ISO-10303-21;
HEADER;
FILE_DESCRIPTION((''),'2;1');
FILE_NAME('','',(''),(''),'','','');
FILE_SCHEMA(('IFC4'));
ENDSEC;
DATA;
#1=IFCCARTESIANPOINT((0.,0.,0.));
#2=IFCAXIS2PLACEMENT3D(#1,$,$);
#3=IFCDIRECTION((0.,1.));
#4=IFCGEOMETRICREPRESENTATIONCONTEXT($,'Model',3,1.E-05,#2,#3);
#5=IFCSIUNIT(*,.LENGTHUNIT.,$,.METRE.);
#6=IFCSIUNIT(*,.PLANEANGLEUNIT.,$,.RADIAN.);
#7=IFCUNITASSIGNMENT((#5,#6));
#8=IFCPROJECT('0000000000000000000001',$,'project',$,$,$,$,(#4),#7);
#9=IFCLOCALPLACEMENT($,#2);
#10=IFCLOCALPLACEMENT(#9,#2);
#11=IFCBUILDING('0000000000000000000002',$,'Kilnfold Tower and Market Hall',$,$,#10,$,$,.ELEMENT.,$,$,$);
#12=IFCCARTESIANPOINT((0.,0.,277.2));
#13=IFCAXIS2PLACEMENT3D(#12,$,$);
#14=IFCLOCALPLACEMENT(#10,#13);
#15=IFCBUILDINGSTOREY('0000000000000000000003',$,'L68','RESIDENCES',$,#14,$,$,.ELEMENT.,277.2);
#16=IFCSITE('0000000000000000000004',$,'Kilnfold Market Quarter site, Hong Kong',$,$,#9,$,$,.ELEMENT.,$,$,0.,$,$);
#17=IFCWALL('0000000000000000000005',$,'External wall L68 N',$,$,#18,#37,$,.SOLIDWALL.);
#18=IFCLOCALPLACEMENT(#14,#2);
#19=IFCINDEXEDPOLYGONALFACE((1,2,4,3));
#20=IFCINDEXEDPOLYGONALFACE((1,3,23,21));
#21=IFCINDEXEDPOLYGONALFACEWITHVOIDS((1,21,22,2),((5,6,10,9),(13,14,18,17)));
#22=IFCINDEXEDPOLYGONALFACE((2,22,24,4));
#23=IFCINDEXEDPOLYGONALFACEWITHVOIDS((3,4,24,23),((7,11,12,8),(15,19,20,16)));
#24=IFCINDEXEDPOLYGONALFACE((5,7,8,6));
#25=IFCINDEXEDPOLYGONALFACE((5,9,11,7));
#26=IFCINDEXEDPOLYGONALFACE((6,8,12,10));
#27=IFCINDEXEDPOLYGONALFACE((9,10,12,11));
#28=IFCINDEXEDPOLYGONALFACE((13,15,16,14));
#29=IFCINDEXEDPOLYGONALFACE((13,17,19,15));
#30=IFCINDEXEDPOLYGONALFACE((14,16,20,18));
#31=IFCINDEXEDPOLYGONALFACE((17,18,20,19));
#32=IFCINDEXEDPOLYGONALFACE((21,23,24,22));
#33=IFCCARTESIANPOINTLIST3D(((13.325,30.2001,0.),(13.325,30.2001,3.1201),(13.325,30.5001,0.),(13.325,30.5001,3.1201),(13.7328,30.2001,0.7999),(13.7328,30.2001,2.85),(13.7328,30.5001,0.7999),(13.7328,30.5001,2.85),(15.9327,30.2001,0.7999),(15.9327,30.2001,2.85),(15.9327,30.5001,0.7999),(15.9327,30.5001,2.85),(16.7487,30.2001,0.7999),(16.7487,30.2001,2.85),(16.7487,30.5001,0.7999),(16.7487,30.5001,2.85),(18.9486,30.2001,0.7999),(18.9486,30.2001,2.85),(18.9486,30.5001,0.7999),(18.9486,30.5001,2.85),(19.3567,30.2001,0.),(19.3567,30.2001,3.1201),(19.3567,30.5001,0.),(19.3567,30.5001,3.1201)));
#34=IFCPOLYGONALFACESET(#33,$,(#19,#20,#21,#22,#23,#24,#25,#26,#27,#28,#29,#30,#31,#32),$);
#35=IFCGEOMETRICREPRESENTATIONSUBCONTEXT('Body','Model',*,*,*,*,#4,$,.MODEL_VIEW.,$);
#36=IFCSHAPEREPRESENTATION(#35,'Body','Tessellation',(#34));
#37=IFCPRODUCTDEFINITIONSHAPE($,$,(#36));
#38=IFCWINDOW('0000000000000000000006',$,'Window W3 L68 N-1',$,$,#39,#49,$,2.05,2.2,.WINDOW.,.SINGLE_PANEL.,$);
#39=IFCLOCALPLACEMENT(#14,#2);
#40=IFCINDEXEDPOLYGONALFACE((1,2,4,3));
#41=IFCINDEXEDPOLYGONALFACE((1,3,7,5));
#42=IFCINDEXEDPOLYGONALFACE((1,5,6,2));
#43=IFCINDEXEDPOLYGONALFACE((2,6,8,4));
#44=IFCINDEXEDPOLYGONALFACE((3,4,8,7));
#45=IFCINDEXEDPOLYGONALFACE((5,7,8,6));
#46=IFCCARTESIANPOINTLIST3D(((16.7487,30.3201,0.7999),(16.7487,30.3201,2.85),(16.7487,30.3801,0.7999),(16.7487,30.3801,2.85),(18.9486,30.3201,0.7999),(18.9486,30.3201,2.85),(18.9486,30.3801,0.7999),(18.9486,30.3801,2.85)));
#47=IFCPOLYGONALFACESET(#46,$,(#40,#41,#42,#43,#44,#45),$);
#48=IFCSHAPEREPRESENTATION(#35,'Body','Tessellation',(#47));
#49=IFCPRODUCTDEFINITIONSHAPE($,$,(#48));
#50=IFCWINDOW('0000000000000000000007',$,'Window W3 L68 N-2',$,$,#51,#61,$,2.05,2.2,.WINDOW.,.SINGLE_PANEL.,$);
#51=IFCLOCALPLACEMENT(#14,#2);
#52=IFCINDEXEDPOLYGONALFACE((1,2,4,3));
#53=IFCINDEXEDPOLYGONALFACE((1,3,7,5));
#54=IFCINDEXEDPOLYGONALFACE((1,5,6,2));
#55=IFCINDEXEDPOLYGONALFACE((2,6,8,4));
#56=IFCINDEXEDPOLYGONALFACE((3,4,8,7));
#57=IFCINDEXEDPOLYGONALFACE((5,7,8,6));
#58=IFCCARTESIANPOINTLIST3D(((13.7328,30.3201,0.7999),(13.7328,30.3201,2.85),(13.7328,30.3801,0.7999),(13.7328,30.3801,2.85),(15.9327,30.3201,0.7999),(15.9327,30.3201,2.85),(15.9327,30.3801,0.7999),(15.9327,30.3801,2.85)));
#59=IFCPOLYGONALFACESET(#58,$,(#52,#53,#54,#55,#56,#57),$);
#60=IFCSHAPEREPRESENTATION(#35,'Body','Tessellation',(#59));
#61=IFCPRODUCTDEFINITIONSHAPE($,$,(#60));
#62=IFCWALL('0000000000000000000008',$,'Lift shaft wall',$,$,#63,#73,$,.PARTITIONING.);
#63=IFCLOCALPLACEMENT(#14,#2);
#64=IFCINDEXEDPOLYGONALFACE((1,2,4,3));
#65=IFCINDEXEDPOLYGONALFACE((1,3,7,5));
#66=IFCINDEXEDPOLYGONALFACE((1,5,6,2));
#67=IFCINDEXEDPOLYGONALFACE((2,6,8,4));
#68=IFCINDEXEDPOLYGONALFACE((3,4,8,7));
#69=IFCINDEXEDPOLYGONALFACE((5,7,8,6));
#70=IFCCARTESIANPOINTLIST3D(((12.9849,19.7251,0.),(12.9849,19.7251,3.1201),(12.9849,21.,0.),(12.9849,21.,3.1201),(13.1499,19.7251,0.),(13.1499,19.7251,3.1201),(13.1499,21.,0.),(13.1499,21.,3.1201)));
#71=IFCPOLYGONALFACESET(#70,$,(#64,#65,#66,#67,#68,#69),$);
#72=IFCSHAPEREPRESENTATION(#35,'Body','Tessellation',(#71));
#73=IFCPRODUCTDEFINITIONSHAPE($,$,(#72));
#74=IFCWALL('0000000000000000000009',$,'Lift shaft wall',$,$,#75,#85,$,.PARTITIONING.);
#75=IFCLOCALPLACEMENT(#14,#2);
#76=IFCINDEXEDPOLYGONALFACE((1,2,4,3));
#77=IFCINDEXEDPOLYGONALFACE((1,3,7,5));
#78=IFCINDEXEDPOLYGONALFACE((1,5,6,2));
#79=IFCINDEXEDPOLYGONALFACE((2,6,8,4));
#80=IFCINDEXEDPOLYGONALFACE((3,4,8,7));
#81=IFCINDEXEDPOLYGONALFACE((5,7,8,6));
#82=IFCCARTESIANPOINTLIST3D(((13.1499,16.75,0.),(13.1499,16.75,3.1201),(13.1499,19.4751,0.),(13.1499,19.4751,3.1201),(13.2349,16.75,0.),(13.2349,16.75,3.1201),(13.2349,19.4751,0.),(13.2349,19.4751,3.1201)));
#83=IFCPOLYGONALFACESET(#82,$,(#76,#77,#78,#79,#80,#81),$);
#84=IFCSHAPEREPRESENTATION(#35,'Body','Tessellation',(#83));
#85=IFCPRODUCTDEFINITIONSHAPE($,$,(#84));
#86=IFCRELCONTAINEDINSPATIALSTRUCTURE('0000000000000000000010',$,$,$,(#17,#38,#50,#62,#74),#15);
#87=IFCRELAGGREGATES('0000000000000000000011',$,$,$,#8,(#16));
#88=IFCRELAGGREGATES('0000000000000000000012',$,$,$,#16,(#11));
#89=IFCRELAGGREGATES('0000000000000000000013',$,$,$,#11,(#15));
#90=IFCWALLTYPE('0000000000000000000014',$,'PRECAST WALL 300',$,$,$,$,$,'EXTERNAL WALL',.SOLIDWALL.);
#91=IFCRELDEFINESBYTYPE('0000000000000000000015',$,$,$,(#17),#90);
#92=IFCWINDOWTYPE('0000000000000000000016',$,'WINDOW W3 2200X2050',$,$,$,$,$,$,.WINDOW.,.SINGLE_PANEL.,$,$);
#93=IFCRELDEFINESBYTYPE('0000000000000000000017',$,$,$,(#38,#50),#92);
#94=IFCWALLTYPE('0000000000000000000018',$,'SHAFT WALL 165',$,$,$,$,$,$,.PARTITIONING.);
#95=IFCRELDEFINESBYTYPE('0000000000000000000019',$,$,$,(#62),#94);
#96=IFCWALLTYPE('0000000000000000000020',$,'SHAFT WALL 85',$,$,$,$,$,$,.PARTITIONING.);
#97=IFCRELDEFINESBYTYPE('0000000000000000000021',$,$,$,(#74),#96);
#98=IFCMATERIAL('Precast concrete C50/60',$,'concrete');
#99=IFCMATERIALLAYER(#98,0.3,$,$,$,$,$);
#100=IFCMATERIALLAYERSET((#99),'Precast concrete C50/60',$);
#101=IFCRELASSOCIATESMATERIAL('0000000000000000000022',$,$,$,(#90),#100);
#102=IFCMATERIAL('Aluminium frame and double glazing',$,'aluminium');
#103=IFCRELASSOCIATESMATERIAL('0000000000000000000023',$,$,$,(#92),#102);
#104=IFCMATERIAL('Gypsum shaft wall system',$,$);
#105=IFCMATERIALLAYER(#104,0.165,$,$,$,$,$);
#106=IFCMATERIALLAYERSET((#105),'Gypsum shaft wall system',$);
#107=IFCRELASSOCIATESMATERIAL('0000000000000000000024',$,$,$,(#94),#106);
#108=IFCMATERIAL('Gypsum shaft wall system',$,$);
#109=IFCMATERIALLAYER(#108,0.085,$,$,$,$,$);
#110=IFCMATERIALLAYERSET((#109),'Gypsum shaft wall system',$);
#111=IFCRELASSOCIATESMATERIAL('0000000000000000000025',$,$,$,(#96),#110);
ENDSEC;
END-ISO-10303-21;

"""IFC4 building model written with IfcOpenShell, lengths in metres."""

from ifc_helpers import new_model, si_unit, direction, frame, frame_2d, origin, place, context, subcontext, project, spatial, rectangle, extrude, source, transform, mapped, material, layer, layer_set, type_object, element, fill, save


model = new_model("IFC4")

# Units and contexts
model_context = context("Model", 3, precision=1e-05, world=origin(), true_north=direction((0.0, 1.0)))
body_context = subcontext(model_context, "Body", "Model", "MODEL_VIEW")
ifc_project = project(units=[si_unit("LENGTHUNIT", "METRE"), si_unit("PLANEANGLEUNIT", "RADIAN")], contexts=[model_context])

# Site, building, storey
site_placement = place(None, origin())
site = spatial("IfcSite", under=ifc_project, at=site_placement, Name="Kilnfold Market Quarter site, Hong Kong", CompositionType="ELEMENT", RefElevation=0.0)
building_placement = place(site_placement, origin())
building = spatial("IfcBuilding", under=site, at=building_placement, Name="Kilnfold Tower and Market Hall", CompositionType="ELEMENT")
storey_placement = place(building_placement, frame((0.0, 0.0, 277.2)))
storey = spatial("IfcBuildingStorey", under=building, at=storey_placement, Name="L68", Description="RESIDENCES", CompositionType="ELEMENT", Elevation=277.2)

# Shared definitions
ifc_material_1 = material(Name="Precast concrete C50/60", Category="concrete")
ifc_layer_1 = layer(ifc_material_1, 0.3)
ifc_layer_set_1 = layer_set([ifc_layer_1], Name="Precast concrete C50/60")
wall_type_1 = type_object("IfcWallType", Name="PRECAST WALL 300", ElementType="EXTERNAL WALL", PredefinedType="SOLIDWALL", material=ifc_layer_set_1)
ifc_material_2 = material(Name="Aluminium frame and double glazing", Category="aluminium")
window_type_1 = type_object("IfcWindowType", Name="WINDOW W3 2200X2050", PartitioningType="SINGLE_PANEL", PredefinedType="WINDOW", material=ifc_material_2)

# Wall, openings, windows
shared_shape_1 = source(origin(), body_context, "Body", "SweptSolid", [
    extrude(rectangle(XDim=6.0317, YDim=0.3, at=frame_2d((3.0159, 0.0))), origin(), (0.0, 0.0, 1.0), 3.1201),
])
wall_1_placement = place(storey_placement, frame((19.3567, 30.3501, 0.0), z_axis=(0.0, 0.0, 1.0), x_axis=(-1.0, 0.0, 0.0)))
wall_1 = element("IfcWall", 1, at=wall_1_placement, inside=storey, type_object=wall_type_1, Name="External wall L68 N", PredefinedType="SOLIDWALL", context=body_context, shape_type="MappedRepresentation", body=[
    mapped(shared_shape_1, transform((0.0, 0.0, 0.0))),
])
opening_1_placement = place(wall_1_placement, frame((0.408, 0.0, 0.8)))
opening_1 = element("IfcOpeningElement", 2, at=opening_1_placement, cuts=wall_1, PredefinedType="OPENING", context=body_context, shape_type="SweptSolid", body=[
    extrude(rectangle(XDim=2.2, YDim=2.05, at=frame_2d((1.1001, 1.0249))), frame((0.0, 0.1602, 0.0), z_axis=(0.0, -1.0, 0.0), x_axis=(1.0, 0.0, 0.0)), (0.0, 0.0, 1.0), 0.3201),
])
opening_2_placement = place(wall_1_placement, frame((3.4238, 0.0, 0.8)))
opening_2 = element("IfcOpeningElement", 3, at=opening_2_placement, cuts=wall_1, PredefinedType="OPENING", context=body_context, shape_type="SweptSolid", body=[
    extrude(rectangle(XDim=2.2, YDim=2.05, at=frame_2d((1.1001, 1.0249))), frame((0.0, 0.1602, 0.0), z_axis=(0.0, -1.0, 0.0), x_axis=(1.0, 0.0, 0.0)), (0.0, 0.0, 1.0), 0.3201),
])
window_1_placement = place(opening_1_placement, origin())
window_1 = element("IfcWindow", 4, at=window_1_placement, inside=storey, type_object=window_type_1, Name="Window W3 L68 N-1", OverallHeight=2.05, OverallWidth=2.2, PartitioningType="SINGLE_PANEL", PredefinedType="WINDOW", context=body_context, shape_type="SweptSolid", body=[
    extrude(rectangle(XDim=2.2, YDim=2.05, at=frame_2d((1.1001, 1.0249))), frame((0.0, 0.03, 0.0), z_axis=(0.0, -1.0, 0.0), x_axis=(1.0, 0.0, 0.0)), (0.0, 0.0, 1.0), 0.0601),
])
fill(opening_1, window_1)
window_2_placement = place(opening_2_placement, origin())
window_2 = element("IfcWindow", 5, at=window_2_placement, inside=storey, type_object=window_type_1, Name="Window W3 L68 N-2", OverallHeight=2.05, OverallWidth=2.2, PartitioningType="SINGLE_PANEL", PredefinedType="WINDOW", context=body_context, shape_type="SweptSolid", body=[
    extrude(rectangle(XDim=2.2, YDim=2.05, at=frame_2d((1.1001, 1.0249))), frame((0.0, 0.03, 0.0), z_axis=(0.0, -1.0, 0.0), x_axis=(1.0, 0.0, 0.0)), (0.0, 0.0, 1.0), 0.0601),
])
fill(opening_2, window_2)

# Walls
ifc_material_3 = material(Name="Gypsum shaft wall system")
ifc_layer_2 = layer(ifc_material_3, 0.165)
ifc_layer_set_2 = layer_set([ifc_layer_2], Name="Gypsum shaft wall system")
wall_type_2 = type_object("IfcWallType", Name="SHAFT WALL 165", PredefinedType="PARTITIONING", material=ifc_layer_set_2)
shared_shape_2 = source(origin(), body_context, "Body", "SweptSolid", [
    extrude(rectangle(XDim=1.2749, YDim=0.165, at=frame_2d((0.6375, 0.0))), origin(), (0.0, 0.0, 1.0), 3.1201),
])
wall_2_placement = place(storey_placement, frame((13.0674, 19.7251, 0.0), z_axis=(0.0, 0.0, 1.0), x_axis=(0.0, 1.0, 0.0)))
element("IfcWall", 6, at=wall_2_placement, inside=storey, type_object=wall_type_2, Name="Lift shaft wall", PredefinedType="PARTITIONING", context=body_context, shape_type="MappedRepresentation", body=[
    mapped(shared_shape_2, transform((0.0, 0.0, 0.0))),
])
ifc_material_4 = material(Name="Gypsum shaft wall system")
ifc_layer_3 = layer(ifc_material_4, 0.085)
ifc_layer_set_3 = layer_set([ifc_layer_3], Name="Gypsum shaft wall system")
wall_type_3 = type_object("IfcWallType", Name="SHAFT WALL 85", PredefinedType="PARTITIONING", material=ifc_layer_set_3)
shared_shape_3 = source(origin(), body_context, "Body", "SweptSolid", [
    extrude(rectangle(XDim=2.7251, YDim=0.085, at=frame_2d((1.3625, 0.0))), origin(), (0.0, 0.0, 1.0), 3.1201),
])
wall_3_placement = place(storey_placement, frame((13.1924, 16.75, 0.0), z_axis=(0.0, 0.0, 1.0), x_axis=(0.0, 1.0, 0.0)))
element("IfcWall", 7, at=wall_3_placement, inside=storey, type_object=wall_type_3, Name="Lift shaft wall", PredefinedType="PARTITIONING", context=body_context, shape_type="MappedRepresentation", body=[
    mapped(shared_shape_3, transform((0.0, 0.0, 0.0))),
])

save(model, "model.ifc")
